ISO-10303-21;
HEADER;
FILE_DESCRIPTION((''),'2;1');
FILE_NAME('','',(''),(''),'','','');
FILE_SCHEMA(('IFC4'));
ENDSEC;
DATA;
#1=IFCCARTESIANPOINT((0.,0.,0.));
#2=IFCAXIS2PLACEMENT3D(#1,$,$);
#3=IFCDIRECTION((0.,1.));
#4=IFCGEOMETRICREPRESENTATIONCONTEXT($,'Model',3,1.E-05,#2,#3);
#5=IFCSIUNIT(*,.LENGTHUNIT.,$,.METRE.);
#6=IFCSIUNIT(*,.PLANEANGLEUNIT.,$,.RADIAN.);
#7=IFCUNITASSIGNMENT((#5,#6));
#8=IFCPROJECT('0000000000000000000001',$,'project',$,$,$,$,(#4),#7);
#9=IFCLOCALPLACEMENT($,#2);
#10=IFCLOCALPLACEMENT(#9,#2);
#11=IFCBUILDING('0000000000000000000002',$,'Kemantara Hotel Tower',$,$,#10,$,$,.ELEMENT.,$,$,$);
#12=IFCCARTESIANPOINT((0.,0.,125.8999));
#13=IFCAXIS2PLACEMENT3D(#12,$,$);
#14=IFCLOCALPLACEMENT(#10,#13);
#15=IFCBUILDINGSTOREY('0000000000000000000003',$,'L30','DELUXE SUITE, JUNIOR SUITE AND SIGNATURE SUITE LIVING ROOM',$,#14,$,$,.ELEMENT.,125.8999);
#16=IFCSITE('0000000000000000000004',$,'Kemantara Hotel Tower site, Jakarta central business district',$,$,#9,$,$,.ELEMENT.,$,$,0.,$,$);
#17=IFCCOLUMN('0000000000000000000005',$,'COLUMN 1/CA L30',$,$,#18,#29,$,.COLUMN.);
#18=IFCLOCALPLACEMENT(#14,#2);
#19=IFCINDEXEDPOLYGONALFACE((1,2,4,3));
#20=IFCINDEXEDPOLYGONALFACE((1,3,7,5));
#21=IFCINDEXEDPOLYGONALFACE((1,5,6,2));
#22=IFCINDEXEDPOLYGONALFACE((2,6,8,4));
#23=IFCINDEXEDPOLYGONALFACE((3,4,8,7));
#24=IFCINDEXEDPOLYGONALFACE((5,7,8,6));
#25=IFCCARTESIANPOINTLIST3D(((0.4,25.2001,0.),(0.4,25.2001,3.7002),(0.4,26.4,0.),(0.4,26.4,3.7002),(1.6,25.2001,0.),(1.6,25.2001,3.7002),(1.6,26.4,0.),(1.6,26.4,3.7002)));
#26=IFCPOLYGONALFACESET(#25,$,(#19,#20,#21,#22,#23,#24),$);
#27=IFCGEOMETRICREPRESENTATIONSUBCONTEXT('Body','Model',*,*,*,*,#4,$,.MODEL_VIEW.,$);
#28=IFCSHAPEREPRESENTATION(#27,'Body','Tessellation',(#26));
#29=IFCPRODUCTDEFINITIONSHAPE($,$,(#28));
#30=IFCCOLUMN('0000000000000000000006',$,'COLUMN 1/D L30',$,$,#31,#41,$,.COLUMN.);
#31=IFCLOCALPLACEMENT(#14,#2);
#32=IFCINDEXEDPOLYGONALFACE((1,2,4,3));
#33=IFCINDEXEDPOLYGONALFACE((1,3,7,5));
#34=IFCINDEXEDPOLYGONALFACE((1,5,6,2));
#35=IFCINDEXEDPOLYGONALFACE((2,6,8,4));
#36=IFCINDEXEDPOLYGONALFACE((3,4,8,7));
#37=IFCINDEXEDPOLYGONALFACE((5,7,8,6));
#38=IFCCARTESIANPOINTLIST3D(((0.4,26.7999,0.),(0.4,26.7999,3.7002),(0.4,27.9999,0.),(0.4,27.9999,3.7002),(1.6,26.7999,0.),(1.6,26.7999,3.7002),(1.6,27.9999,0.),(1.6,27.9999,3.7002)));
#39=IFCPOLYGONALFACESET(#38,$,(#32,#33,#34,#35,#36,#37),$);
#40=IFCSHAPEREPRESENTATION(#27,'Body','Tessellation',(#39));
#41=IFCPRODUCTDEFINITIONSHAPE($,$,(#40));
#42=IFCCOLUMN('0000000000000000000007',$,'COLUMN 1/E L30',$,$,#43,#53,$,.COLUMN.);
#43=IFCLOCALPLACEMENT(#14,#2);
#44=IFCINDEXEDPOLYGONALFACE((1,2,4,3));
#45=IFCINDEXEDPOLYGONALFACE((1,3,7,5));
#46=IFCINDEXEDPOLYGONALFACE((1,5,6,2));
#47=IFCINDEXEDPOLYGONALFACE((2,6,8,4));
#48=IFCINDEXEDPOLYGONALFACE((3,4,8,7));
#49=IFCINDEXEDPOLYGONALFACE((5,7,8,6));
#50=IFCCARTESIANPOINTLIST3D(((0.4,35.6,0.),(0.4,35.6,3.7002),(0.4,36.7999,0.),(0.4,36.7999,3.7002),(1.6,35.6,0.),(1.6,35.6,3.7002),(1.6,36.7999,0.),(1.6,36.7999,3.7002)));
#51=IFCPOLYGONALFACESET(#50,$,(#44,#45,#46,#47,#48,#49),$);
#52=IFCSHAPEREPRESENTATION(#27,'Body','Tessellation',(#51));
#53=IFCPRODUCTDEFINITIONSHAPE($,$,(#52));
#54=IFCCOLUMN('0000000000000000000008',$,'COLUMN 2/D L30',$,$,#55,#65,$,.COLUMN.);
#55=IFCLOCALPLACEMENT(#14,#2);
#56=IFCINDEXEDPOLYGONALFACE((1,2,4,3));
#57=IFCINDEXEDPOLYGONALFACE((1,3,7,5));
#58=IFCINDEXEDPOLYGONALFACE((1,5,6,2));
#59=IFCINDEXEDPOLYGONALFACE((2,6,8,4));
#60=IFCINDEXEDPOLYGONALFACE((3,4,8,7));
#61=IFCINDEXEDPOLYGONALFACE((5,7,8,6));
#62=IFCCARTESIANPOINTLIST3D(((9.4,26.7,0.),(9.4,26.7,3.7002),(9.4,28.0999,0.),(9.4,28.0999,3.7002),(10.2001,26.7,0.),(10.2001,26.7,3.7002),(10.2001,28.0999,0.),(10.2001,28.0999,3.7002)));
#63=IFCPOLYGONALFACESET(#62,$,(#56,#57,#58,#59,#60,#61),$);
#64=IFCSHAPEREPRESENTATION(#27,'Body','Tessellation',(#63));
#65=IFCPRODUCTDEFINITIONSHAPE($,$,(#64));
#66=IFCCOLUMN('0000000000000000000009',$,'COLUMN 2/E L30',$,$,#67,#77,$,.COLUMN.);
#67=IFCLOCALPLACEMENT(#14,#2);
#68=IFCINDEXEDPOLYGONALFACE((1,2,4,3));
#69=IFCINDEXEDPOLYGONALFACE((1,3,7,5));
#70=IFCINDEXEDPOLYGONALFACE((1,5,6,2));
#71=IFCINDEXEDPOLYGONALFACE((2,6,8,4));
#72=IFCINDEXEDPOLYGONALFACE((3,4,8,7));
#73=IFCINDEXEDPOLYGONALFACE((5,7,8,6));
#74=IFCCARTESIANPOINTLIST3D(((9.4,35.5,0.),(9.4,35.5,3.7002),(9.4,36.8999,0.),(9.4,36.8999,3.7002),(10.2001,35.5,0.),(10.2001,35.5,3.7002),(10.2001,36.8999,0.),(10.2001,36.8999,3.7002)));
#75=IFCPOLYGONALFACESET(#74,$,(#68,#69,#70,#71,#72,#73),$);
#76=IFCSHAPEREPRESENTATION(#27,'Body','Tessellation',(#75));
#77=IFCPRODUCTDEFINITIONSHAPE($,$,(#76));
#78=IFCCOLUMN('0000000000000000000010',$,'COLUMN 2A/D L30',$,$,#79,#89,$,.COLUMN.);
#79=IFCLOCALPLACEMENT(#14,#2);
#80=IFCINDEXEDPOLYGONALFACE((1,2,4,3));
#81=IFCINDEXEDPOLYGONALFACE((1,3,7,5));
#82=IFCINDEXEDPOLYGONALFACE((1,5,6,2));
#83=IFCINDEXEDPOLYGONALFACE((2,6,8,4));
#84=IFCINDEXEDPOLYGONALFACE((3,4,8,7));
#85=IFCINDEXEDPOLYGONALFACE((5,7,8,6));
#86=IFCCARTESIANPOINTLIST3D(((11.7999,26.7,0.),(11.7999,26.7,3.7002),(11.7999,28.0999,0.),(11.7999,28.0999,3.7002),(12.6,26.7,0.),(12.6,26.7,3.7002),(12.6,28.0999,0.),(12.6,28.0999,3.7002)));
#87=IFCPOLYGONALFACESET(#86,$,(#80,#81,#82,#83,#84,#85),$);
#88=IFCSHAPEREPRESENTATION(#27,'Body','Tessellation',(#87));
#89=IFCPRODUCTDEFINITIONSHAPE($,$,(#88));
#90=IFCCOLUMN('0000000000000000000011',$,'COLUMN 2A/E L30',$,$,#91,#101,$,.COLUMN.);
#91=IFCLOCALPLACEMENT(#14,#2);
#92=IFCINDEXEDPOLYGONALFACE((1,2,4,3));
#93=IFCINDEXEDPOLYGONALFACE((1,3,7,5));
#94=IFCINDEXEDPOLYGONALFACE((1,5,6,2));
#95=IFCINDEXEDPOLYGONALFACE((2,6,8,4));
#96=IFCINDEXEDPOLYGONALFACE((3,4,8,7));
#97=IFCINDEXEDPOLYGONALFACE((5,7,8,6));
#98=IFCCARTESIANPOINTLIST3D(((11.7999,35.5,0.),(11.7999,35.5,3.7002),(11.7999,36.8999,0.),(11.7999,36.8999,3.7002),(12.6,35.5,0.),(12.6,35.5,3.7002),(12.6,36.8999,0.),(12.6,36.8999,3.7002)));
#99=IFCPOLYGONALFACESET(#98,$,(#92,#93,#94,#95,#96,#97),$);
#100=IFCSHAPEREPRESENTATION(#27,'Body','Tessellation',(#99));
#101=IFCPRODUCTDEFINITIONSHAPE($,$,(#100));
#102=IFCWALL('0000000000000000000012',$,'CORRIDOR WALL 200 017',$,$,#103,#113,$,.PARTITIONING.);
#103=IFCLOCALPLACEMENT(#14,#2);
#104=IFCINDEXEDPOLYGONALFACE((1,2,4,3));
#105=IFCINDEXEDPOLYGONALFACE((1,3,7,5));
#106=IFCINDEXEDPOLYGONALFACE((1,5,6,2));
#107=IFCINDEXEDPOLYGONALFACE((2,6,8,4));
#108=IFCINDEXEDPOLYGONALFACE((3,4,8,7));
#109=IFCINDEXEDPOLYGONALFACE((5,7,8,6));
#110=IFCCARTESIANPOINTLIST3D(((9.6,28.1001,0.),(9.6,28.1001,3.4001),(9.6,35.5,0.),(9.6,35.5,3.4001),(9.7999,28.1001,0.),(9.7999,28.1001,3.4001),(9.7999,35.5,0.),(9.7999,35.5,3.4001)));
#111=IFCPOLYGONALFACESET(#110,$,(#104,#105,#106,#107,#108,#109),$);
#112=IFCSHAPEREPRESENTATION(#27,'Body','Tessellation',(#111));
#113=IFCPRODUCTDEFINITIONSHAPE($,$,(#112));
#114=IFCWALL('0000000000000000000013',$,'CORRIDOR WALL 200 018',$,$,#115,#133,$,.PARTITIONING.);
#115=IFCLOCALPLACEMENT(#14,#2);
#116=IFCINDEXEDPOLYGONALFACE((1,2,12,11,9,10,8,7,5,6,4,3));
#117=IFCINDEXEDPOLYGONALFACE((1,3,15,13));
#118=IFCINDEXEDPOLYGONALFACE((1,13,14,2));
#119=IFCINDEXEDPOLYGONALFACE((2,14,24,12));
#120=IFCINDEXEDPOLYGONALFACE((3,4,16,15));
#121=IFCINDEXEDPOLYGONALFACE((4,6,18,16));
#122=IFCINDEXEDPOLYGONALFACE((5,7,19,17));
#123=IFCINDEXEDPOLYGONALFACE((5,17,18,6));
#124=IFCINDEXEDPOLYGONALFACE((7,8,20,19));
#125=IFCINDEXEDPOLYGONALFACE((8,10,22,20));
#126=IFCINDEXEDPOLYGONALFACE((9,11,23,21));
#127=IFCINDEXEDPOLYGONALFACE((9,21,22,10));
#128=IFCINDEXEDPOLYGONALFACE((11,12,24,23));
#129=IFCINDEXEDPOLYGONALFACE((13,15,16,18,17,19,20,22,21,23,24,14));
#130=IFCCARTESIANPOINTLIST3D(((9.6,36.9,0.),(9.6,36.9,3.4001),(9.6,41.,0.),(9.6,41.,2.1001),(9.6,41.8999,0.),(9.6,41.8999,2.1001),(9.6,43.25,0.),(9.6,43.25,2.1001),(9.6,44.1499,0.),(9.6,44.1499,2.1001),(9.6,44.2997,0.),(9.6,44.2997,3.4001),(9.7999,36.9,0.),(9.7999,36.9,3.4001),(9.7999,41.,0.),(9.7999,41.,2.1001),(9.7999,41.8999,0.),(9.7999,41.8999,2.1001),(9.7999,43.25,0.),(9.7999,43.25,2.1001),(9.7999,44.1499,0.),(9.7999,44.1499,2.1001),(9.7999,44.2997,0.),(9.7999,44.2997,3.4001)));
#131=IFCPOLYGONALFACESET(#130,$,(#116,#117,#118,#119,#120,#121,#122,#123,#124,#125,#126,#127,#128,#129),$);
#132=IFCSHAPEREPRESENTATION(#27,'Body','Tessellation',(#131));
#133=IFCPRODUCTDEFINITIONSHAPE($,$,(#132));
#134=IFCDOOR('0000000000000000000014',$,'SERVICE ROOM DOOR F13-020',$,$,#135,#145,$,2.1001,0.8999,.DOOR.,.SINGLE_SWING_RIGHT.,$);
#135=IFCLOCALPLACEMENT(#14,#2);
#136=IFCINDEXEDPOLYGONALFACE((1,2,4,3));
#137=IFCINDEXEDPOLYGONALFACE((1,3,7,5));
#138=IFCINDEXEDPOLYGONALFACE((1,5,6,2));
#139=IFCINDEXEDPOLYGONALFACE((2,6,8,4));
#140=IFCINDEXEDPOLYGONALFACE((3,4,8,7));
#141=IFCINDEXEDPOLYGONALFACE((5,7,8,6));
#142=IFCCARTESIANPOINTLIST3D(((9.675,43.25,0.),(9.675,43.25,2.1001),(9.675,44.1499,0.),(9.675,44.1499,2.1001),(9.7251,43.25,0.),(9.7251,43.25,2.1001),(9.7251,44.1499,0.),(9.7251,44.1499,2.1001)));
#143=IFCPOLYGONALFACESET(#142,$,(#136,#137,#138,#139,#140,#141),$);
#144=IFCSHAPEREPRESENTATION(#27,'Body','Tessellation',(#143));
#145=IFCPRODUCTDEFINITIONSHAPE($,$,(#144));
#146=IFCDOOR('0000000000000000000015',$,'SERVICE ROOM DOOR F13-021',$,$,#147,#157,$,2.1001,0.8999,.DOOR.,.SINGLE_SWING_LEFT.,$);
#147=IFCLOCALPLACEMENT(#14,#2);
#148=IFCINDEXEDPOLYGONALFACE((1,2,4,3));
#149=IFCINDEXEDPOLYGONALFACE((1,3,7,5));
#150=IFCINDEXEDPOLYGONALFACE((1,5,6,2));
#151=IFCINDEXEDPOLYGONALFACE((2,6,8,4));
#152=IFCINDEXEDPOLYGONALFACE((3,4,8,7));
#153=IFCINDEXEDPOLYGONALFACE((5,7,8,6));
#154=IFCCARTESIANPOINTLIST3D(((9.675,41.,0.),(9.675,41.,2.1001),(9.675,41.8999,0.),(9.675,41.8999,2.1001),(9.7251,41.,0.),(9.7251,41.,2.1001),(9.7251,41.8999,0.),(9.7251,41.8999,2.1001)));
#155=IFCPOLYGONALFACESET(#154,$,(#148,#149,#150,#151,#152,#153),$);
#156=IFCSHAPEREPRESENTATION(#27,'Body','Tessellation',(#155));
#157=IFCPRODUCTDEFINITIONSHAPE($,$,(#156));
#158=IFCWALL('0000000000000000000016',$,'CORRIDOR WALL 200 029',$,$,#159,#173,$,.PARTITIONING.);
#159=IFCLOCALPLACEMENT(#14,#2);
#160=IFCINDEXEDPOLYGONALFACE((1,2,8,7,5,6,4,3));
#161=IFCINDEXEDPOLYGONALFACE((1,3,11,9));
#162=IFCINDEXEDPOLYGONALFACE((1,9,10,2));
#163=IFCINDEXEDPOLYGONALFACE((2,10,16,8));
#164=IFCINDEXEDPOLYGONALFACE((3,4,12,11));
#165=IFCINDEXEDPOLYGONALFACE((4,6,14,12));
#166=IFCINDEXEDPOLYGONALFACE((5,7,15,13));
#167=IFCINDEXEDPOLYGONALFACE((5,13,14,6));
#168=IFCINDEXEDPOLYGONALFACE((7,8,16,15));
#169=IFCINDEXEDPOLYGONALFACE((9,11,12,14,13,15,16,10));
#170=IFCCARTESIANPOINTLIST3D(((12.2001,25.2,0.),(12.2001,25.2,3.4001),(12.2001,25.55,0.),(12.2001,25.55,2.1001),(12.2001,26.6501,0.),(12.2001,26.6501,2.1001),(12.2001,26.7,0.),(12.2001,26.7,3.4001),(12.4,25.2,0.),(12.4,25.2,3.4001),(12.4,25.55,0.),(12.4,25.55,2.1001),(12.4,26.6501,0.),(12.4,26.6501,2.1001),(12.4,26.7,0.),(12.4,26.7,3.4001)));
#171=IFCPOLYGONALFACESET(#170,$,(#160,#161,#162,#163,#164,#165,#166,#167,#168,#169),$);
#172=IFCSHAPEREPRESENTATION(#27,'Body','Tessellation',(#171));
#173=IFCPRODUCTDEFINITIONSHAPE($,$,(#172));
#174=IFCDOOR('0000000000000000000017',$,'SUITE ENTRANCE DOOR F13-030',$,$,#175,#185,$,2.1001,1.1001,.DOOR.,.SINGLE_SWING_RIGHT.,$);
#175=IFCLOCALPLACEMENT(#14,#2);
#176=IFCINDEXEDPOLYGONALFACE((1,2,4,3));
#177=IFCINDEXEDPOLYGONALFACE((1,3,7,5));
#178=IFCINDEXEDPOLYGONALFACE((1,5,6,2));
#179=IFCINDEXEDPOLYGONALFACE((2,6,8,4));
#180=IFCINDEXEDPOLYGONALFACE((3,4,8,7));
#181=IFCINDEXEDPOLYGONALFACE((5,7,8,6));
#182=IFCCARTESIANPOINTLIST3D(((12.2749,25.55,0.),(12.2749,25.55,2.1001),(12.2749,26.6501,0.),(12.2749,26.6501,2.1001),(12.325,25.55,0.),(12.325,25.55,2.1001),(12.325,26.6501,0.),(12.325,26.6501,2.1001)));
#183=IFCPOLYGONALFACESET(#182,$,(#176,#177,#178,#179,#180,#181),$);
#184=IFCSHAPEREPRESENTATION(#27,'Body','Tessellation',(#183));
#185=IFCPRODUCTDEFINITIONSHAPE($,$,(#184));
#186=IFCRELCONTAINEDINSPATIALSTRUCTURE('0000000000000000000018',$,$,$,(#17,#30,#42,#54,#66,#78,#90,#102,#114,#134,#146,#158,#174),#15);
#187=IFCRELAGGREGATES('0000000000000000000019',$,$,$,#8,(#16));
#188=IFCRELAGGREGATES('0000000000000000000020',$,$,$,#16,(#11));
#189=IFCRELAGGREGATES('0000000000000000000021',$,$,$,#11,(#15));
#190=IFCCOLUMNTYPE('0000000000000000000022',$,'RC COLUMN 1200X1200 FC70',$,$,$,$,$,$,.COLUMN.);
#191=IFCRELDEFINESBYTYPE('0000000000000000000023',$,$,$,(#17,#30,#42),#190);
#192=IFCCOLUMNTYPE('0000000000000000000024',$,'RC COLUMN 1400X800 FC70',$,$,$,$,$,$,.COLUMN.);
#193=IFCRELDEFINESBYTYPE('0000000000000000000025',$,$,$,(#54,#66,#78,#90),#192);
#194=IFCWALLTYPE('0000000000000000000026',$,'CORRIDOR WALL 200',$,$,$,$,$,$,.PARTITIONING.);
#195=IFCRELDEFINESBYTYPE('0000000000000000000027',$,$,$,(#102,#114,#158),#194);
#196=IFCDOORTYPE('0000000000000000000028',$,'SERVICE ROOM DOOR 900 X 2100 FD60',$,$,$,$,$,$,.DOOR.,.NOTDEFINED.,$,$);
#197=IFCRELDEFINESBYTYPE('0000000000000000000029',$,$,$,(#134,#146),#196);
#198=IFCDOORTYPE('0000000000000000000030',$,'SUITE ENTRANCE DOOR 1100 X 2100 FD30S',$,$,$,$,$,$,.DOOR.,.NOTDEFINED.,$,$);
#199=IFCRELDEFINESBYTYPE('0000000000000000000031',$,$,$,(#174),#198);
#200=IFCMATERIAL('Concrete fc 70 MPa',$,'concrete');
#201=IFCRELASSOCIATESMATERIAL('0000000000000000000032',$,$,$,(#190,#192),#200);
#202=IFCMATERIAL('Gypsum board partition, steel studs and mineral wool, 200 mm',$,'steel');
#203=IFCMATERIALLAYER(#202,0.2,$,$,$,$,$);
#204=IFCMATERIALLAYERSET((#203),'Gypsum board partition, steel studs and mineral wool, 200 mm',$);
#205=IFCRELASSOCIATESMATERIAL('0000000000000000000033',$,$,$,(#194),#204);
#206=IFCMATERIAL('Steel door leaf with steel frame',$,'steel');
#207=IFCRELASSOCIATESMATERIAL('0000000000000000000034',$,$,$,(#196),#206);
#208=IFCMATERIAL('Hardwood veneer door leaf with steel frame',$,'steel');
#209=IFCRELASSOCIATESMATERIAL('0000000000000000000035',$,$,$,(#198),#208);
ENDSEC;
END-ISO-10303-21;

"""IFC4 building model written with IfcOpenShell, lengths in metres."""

from ifc_helpers import new_model, si_unit, direction, frame, frame_2d, origin, origin_2d, place, context, subcontext, project, spatial, rectangle, extrude, material, layer, layer_set, material_profile, profile_set, type_object, element, fill, save


model = new_model("IFC4")

# Units and contexts
model_context = context("Model", 3, precision=1e-05, world=origin(), true_north=direction((0.0, 1.0)))
body_context = subcontext(model_context, "Body", "Model", "MODEL_VIEW")
ifc_project = project(units=[si_unit("LENGTHUNIT", "METRE"), si_unit("PLANEANGLEUNIT", "RADIAN")], contexts=[model_context])

# Site, building, storey
site_placement = place(None, origin())
site = spatial("IfcSite", under=ifc_project, at=site_placement, Name="Kemantara Hotel Tower site, Jakarta central business district", CompositionType="ELEMENT", RefElevation=0.0)
building_placement = place(site_placement, origin())
building = spatial("IfcBuilding", under=site, at=building_placement, Name="Kemantara Hotel Tower", CompositionType="ELEMENT")
storey_placement = place(building_placement, frame((0.0, 0.0, 125.8999)))
storey = spatial("IfcBuildingStorey", under=building, at=storey_placement, Name="L30", Description="DELUXE SUITE, JUNIOR SUITE AND SIGNATURE SUITE LIVING ROOM", CompositionType="ELEMENT", Elevation=125.8999)

# Columns
ifc_material_1 = material(Name="Concrete fc 70 MPa", Category="concrete")
ifc_material_profile_1 = material_profile(ifc_material_1, rectangle(XDim=1.2, YDim=1.2, at=origin_2d()), Name="RC 1200X1200")
ifc_profile_set_1 = profile_set([ifc_material_profile_1], Name="Concrete fc 70 MPa")
column_type_1 = type_object("IfcColumnType", Name="RC COLUMN 1200X1200 FC70", PredefinedType="COLUMN", material=ifc_profile_set_1)
for number, where, z_axis, x_axis, name in (
    (1, (1.0, 25.8, 0.0), (0.0, 0.0, 1.0), (1.0, 0.0, 0.0), "COLUMN 1/CA L30"),
    (2, (1.0, 27.3999, 0.0), (0.0, 0.0, 1.0), (1.0, 0.0, 0.0), "COLUMN 1/D L30"),
    (3, (1.0, 36.2, 0.0), (0.0, 0.0, 1.0), (1.0, 0.0, 0.0), "COLUMN 1/E L30"),
):
    element("IfcColumn", number, at=place(storey_placement, frame(where, z_axis=z_axis, x_axis=x_axis)), inside=storey, type_object=column_type_1, Name=name, PredefinedType="COLUMN", context=body_context, shape_type="SweptSolid", body=[
        extrude(rectangle(XDim=1.2, YDim=1.2, at=origin_2d()), origin(), (0.0, 0.0, 1.0), 3.7002),
    ])
ifc_material_profile_2 = material_profile(ifc_material_1, rectangle(XDim=1.3999, YDim=0.8, at=origin_2d()), Name="RC 1400X800")
ifc_profile_set_2 = profile_set([ifc_material_profile_2], Name="Concrete fc 70 MPa")
column_type_2 = type_object("IfcColumnType", Name="RC COLUMN 1400X800 FC70", PredefinedType="COLUMN", material=ifc_profile_set_2)
for number, where, z_axis, x_axis, name in (
    (4, (9.8, 27.3999, 0.0), (0.0, 0.0, 1.0), (0.0, 1.0, 0.0), "COLUMN 2/D L30"),
    (5, (9.8, 36.2, 0.0), (0.0, 0.0, 1.0), (0.0, 1.0, 0.0), "COLUMN 2/E L30"),
    (6, (12.2, 27.3999, 0.0), (0.0, 0.0, 1.0), (0.0, 1.0, 0.0), "COLUMN 2A/D L30"),
    (7, (12.2, 36.2, 0.0), (0.0, 0.0, 1.0), (0.0, 1.0, 0.0), "COLUMN 2A/E L30"),
):
    element("IfcColumn", number, at=place(storey_placement, frame(where, z_axis=z_axis, x_axis=x_axis)), inside=storey, type_object=column_type_2, Name=name, PredefinedType="COLUMN", context=body_context, shape_type="SweptSolid", body=[
        extrude(rectangle(XDim=1.3999, YDim=0.8, at=origin_2d()), origin(), (0.0, 0.0, 1.0), 3.7002),
    ])

# Wall
ifc_material_2 = material(Name="Gypsum board partition, steel studs and mineral wool, 200 mm", Category="steel")
ifc_layer_1 = layer(ifc_material_2, 0.2)
ifc_layer_set_1 = layer_set([ifc_layer_1], Name="Gypsum board partition, steel studs and mineral wool, 200 mm")
wall_type_1 = type_object("IfcWallType", Name="CORRIDOR WALL 200", PredefinedType="PARTITIONING", material=ifc_layer_set_1)
wall_1_placement = place(storey_placement, frame((9.7, 28.1001, 0.0), z_axis=(0.0, 0.0, 1.0), x_axis=(0.0, 1.0, 0.0)))
element("IfcWall", 8, at=wall_1_placement, inside=storey, type_object=wall_type_1, Name="CORRIDOR WALL 200 017", PredefinedType="PARTITIONING", context=body_context, shape_type="SweptSolid", body=[
    extrude(rectangle(XDim=7.3999, YDim=0.2, at=frame_2d((3.7, 0.0))), origin(), (0.0, 0.0, 1.0), 3.4001),
])

# Wall, openings, doors
wall_2_placement = place(storey_placement, frame((9.7, 36.9001, 0.0), z_axis=(0.0, 0.0, 1.0), x_axis=(0.0, 1.0, 0.0)))
wall_2 = element("IfcWall", 9, at=wall_2_placement, inside=storey, type_object=wall_type_1, Name="CORRIDOR WALL 200 018", PredefinedType="PARTITIONING", context=body_context, shape_type="SweptSolid", body=[
    extrude(rectangle(XDim=7.3997, YDim=0.2, at=frame_2d((3.6997, 0.0))), origin(), (0.0, 0.0, 1.0), 3.4001),
])
opening_1_placement = place(wall_2_placement, frame((6.3499, 0.0, 0.0)))
opening_1 = element("IfcOpeningElement", 10, at=opening_1_placement, cuts=wall_2, PredefinedType="OPENING", context=body_context, shape_type="SweptSolid", body=[
    extrude(rectangle(XDim=0.8999, YDim=2.1001, at=frame_2d((0.45, 1.05))), frame((0.0, 0.1099, 0.0), z_axis=(0.0, -1.0, 0.0), x_axis=(1.0, 0.0, 0.0)), (0.0, 0.0, 1.0), 0.22),
])
opening_2_placement = place(wall_2_placement, frame((4.0999, 0.0, 0.0)))
opening_2 = element("IfcOpeningElement", 11, at=opening_2_placement, cuts=wall_2, PredefinedType="OPENING", context=body_context, shape_type="SweptSolid", body=[
    extrude(rectangle(XDim=0.8999, YDim=2.1001, at=frame_2d((0.45, 1.05))), frame((0.0, 0.1099, 0.0), z_axis=(0.0, -1.0, 0.0), x_axis=(1.0, 0.0, 0.0)), (0.0, 0.0, 1.0), 0.22),
])
ifc_material_3 = material(Name="Steel door leaf with steel frame", Category="steel")
door_type_1 = type_object("IfcDoorType", Name="SERVICE ROOM DOOR 900 X 2100 FD60", OperationType="NOTDEFINED", PredefinedType="DOOR", material=ifc_material_3)
door_1_placement = place(opening_1_placement, origin())
door_1 = element("IfcDoor", 12, at=door_1_placement, inside=storey, type_object=door_type_1, Name="SERVICE ROOM DOOR F13-020", OperationType="SINGLE_SWING_RIGHT", OverallHeight=2.1001, OverallWidth=0.8999, PredefinedType="DOOR", context=body_context, shape_type="SweptSolid", body=[
    extrude(rectangle(XDim=0.8999, YDim=2.1001, at=frame_2d((0.45, 1.05))), frame((0.0, 0.0249, 0.0), z_axis=(0.0, -1.0, 0.0), x_axis=(1.0, 0.0, 0.0)), (0.0, 0.0, 1.0), 0.05),
])
fill(opening_1, door_1)
door_2_placement = place(opening_2_placement, origin())
door_2 = element("IfcDoor", 13, at=door_2_placement, inside=storey, type_object=door_type_1, Name="SERVICE ROOM DOOR F13-021", OperationType="SINGLE_SWING_LEFT", OverallHeight=2.1001, OverallWidth=0.8999, PredefinedType="DOOR", context=body_context, shape_type="SweptSolid", body=[
    extrude(rectangle(XDim=0.8999, YDim=2.1001, at=frame_2d((0.45, 1.05))), frame((0.0, 0.0249, 0.0), z_axis=(0.0, -1.0, 0.0), x_axis=(1.0, 0.0, 0.0)), (0.0, 0.0, 1.0), 0.05),
])
fill(opening_2, door_2)

# Wall, opening, door
wall_3_placement = place(storey_placement, frame((12.3, 26.7, 0.0), z_axis=(0.0, 0.0, 1.0), x_axis=(0.0, -1.0, 0.0)))
wall_3 = element("IfcWall", 14, at=wall_3_placement, inside=storey, type_object=wall_type_1, Name="CORRIDOR WALL 200 029", PredefinedType="PARTITIONING", context=body_context, shape_type="SweptSolid", body=[
    extrude(rectangle(XDim=1.5, YDim=0.2, at=frame_2d((0.75, 0.0))), origin(), (0.0, 0.0, 1.0), 3.4001),
])
opening_3_placement = place(wall_3_placement, frame((0.0498, 0.0, 0.0)))
opening_3 = element("IfcOpeningElement", 15, at=opening_3_placement, cuts=wall_3, PredefinedType="OPENING", context=body_context, shape_type="SweptSolid", body=[
    extrude(rectangle(XDim=1.1001, YDim=2.1001, at=frame_2d((0.55, 1.05))), frame((0.0, 0.1099, 0.0), z_axis=(0.0, -1.0, 0.0), x_axis=(1.0, 0.0, 0.0)), (0.0, 0.0, 1.0), 0.22),
])
ifc_material_4 = material(Name="Hardwood veneer door leaf with steel frame", Category="steel")
door_type_2 = type_object("IfcDoorType", Name="SUITE ENTRANCE DOOR 1100 X 2100 FD30S", OperationType="NOTDEFINED", PredefinedType="DOOR", material=ifc_material_4)
door_3_placement = place(opening_3_placement, origin())
door_3 = element("IfcDoor", 16, at=door_3_placement, inside=storey, type_object=door_type_2, Name="SUITE ENTRANCE DOOR F13-030", OperationType="SINGLE_SWING_RIGHT", OverallHeight=2.1001, OverallWidth=1.1001, PredefinedType="DOOR", context=body_context, shape_type="SweptSolid", body=[
    extrude(rectangle(XDim=1.1001, YDim=2.1001, at=frame_2d((0.55, 1.05))), frame((0.0, 0.0249, 0.0), z_axis=(0.0, -1.0, 0.0), x_axis=(1.0, 0.0, 0.0)), (0.0, 0.0, 1.0), 0.05),
])
fill(opening_3, door_3)

save(model, "model.ifc")
